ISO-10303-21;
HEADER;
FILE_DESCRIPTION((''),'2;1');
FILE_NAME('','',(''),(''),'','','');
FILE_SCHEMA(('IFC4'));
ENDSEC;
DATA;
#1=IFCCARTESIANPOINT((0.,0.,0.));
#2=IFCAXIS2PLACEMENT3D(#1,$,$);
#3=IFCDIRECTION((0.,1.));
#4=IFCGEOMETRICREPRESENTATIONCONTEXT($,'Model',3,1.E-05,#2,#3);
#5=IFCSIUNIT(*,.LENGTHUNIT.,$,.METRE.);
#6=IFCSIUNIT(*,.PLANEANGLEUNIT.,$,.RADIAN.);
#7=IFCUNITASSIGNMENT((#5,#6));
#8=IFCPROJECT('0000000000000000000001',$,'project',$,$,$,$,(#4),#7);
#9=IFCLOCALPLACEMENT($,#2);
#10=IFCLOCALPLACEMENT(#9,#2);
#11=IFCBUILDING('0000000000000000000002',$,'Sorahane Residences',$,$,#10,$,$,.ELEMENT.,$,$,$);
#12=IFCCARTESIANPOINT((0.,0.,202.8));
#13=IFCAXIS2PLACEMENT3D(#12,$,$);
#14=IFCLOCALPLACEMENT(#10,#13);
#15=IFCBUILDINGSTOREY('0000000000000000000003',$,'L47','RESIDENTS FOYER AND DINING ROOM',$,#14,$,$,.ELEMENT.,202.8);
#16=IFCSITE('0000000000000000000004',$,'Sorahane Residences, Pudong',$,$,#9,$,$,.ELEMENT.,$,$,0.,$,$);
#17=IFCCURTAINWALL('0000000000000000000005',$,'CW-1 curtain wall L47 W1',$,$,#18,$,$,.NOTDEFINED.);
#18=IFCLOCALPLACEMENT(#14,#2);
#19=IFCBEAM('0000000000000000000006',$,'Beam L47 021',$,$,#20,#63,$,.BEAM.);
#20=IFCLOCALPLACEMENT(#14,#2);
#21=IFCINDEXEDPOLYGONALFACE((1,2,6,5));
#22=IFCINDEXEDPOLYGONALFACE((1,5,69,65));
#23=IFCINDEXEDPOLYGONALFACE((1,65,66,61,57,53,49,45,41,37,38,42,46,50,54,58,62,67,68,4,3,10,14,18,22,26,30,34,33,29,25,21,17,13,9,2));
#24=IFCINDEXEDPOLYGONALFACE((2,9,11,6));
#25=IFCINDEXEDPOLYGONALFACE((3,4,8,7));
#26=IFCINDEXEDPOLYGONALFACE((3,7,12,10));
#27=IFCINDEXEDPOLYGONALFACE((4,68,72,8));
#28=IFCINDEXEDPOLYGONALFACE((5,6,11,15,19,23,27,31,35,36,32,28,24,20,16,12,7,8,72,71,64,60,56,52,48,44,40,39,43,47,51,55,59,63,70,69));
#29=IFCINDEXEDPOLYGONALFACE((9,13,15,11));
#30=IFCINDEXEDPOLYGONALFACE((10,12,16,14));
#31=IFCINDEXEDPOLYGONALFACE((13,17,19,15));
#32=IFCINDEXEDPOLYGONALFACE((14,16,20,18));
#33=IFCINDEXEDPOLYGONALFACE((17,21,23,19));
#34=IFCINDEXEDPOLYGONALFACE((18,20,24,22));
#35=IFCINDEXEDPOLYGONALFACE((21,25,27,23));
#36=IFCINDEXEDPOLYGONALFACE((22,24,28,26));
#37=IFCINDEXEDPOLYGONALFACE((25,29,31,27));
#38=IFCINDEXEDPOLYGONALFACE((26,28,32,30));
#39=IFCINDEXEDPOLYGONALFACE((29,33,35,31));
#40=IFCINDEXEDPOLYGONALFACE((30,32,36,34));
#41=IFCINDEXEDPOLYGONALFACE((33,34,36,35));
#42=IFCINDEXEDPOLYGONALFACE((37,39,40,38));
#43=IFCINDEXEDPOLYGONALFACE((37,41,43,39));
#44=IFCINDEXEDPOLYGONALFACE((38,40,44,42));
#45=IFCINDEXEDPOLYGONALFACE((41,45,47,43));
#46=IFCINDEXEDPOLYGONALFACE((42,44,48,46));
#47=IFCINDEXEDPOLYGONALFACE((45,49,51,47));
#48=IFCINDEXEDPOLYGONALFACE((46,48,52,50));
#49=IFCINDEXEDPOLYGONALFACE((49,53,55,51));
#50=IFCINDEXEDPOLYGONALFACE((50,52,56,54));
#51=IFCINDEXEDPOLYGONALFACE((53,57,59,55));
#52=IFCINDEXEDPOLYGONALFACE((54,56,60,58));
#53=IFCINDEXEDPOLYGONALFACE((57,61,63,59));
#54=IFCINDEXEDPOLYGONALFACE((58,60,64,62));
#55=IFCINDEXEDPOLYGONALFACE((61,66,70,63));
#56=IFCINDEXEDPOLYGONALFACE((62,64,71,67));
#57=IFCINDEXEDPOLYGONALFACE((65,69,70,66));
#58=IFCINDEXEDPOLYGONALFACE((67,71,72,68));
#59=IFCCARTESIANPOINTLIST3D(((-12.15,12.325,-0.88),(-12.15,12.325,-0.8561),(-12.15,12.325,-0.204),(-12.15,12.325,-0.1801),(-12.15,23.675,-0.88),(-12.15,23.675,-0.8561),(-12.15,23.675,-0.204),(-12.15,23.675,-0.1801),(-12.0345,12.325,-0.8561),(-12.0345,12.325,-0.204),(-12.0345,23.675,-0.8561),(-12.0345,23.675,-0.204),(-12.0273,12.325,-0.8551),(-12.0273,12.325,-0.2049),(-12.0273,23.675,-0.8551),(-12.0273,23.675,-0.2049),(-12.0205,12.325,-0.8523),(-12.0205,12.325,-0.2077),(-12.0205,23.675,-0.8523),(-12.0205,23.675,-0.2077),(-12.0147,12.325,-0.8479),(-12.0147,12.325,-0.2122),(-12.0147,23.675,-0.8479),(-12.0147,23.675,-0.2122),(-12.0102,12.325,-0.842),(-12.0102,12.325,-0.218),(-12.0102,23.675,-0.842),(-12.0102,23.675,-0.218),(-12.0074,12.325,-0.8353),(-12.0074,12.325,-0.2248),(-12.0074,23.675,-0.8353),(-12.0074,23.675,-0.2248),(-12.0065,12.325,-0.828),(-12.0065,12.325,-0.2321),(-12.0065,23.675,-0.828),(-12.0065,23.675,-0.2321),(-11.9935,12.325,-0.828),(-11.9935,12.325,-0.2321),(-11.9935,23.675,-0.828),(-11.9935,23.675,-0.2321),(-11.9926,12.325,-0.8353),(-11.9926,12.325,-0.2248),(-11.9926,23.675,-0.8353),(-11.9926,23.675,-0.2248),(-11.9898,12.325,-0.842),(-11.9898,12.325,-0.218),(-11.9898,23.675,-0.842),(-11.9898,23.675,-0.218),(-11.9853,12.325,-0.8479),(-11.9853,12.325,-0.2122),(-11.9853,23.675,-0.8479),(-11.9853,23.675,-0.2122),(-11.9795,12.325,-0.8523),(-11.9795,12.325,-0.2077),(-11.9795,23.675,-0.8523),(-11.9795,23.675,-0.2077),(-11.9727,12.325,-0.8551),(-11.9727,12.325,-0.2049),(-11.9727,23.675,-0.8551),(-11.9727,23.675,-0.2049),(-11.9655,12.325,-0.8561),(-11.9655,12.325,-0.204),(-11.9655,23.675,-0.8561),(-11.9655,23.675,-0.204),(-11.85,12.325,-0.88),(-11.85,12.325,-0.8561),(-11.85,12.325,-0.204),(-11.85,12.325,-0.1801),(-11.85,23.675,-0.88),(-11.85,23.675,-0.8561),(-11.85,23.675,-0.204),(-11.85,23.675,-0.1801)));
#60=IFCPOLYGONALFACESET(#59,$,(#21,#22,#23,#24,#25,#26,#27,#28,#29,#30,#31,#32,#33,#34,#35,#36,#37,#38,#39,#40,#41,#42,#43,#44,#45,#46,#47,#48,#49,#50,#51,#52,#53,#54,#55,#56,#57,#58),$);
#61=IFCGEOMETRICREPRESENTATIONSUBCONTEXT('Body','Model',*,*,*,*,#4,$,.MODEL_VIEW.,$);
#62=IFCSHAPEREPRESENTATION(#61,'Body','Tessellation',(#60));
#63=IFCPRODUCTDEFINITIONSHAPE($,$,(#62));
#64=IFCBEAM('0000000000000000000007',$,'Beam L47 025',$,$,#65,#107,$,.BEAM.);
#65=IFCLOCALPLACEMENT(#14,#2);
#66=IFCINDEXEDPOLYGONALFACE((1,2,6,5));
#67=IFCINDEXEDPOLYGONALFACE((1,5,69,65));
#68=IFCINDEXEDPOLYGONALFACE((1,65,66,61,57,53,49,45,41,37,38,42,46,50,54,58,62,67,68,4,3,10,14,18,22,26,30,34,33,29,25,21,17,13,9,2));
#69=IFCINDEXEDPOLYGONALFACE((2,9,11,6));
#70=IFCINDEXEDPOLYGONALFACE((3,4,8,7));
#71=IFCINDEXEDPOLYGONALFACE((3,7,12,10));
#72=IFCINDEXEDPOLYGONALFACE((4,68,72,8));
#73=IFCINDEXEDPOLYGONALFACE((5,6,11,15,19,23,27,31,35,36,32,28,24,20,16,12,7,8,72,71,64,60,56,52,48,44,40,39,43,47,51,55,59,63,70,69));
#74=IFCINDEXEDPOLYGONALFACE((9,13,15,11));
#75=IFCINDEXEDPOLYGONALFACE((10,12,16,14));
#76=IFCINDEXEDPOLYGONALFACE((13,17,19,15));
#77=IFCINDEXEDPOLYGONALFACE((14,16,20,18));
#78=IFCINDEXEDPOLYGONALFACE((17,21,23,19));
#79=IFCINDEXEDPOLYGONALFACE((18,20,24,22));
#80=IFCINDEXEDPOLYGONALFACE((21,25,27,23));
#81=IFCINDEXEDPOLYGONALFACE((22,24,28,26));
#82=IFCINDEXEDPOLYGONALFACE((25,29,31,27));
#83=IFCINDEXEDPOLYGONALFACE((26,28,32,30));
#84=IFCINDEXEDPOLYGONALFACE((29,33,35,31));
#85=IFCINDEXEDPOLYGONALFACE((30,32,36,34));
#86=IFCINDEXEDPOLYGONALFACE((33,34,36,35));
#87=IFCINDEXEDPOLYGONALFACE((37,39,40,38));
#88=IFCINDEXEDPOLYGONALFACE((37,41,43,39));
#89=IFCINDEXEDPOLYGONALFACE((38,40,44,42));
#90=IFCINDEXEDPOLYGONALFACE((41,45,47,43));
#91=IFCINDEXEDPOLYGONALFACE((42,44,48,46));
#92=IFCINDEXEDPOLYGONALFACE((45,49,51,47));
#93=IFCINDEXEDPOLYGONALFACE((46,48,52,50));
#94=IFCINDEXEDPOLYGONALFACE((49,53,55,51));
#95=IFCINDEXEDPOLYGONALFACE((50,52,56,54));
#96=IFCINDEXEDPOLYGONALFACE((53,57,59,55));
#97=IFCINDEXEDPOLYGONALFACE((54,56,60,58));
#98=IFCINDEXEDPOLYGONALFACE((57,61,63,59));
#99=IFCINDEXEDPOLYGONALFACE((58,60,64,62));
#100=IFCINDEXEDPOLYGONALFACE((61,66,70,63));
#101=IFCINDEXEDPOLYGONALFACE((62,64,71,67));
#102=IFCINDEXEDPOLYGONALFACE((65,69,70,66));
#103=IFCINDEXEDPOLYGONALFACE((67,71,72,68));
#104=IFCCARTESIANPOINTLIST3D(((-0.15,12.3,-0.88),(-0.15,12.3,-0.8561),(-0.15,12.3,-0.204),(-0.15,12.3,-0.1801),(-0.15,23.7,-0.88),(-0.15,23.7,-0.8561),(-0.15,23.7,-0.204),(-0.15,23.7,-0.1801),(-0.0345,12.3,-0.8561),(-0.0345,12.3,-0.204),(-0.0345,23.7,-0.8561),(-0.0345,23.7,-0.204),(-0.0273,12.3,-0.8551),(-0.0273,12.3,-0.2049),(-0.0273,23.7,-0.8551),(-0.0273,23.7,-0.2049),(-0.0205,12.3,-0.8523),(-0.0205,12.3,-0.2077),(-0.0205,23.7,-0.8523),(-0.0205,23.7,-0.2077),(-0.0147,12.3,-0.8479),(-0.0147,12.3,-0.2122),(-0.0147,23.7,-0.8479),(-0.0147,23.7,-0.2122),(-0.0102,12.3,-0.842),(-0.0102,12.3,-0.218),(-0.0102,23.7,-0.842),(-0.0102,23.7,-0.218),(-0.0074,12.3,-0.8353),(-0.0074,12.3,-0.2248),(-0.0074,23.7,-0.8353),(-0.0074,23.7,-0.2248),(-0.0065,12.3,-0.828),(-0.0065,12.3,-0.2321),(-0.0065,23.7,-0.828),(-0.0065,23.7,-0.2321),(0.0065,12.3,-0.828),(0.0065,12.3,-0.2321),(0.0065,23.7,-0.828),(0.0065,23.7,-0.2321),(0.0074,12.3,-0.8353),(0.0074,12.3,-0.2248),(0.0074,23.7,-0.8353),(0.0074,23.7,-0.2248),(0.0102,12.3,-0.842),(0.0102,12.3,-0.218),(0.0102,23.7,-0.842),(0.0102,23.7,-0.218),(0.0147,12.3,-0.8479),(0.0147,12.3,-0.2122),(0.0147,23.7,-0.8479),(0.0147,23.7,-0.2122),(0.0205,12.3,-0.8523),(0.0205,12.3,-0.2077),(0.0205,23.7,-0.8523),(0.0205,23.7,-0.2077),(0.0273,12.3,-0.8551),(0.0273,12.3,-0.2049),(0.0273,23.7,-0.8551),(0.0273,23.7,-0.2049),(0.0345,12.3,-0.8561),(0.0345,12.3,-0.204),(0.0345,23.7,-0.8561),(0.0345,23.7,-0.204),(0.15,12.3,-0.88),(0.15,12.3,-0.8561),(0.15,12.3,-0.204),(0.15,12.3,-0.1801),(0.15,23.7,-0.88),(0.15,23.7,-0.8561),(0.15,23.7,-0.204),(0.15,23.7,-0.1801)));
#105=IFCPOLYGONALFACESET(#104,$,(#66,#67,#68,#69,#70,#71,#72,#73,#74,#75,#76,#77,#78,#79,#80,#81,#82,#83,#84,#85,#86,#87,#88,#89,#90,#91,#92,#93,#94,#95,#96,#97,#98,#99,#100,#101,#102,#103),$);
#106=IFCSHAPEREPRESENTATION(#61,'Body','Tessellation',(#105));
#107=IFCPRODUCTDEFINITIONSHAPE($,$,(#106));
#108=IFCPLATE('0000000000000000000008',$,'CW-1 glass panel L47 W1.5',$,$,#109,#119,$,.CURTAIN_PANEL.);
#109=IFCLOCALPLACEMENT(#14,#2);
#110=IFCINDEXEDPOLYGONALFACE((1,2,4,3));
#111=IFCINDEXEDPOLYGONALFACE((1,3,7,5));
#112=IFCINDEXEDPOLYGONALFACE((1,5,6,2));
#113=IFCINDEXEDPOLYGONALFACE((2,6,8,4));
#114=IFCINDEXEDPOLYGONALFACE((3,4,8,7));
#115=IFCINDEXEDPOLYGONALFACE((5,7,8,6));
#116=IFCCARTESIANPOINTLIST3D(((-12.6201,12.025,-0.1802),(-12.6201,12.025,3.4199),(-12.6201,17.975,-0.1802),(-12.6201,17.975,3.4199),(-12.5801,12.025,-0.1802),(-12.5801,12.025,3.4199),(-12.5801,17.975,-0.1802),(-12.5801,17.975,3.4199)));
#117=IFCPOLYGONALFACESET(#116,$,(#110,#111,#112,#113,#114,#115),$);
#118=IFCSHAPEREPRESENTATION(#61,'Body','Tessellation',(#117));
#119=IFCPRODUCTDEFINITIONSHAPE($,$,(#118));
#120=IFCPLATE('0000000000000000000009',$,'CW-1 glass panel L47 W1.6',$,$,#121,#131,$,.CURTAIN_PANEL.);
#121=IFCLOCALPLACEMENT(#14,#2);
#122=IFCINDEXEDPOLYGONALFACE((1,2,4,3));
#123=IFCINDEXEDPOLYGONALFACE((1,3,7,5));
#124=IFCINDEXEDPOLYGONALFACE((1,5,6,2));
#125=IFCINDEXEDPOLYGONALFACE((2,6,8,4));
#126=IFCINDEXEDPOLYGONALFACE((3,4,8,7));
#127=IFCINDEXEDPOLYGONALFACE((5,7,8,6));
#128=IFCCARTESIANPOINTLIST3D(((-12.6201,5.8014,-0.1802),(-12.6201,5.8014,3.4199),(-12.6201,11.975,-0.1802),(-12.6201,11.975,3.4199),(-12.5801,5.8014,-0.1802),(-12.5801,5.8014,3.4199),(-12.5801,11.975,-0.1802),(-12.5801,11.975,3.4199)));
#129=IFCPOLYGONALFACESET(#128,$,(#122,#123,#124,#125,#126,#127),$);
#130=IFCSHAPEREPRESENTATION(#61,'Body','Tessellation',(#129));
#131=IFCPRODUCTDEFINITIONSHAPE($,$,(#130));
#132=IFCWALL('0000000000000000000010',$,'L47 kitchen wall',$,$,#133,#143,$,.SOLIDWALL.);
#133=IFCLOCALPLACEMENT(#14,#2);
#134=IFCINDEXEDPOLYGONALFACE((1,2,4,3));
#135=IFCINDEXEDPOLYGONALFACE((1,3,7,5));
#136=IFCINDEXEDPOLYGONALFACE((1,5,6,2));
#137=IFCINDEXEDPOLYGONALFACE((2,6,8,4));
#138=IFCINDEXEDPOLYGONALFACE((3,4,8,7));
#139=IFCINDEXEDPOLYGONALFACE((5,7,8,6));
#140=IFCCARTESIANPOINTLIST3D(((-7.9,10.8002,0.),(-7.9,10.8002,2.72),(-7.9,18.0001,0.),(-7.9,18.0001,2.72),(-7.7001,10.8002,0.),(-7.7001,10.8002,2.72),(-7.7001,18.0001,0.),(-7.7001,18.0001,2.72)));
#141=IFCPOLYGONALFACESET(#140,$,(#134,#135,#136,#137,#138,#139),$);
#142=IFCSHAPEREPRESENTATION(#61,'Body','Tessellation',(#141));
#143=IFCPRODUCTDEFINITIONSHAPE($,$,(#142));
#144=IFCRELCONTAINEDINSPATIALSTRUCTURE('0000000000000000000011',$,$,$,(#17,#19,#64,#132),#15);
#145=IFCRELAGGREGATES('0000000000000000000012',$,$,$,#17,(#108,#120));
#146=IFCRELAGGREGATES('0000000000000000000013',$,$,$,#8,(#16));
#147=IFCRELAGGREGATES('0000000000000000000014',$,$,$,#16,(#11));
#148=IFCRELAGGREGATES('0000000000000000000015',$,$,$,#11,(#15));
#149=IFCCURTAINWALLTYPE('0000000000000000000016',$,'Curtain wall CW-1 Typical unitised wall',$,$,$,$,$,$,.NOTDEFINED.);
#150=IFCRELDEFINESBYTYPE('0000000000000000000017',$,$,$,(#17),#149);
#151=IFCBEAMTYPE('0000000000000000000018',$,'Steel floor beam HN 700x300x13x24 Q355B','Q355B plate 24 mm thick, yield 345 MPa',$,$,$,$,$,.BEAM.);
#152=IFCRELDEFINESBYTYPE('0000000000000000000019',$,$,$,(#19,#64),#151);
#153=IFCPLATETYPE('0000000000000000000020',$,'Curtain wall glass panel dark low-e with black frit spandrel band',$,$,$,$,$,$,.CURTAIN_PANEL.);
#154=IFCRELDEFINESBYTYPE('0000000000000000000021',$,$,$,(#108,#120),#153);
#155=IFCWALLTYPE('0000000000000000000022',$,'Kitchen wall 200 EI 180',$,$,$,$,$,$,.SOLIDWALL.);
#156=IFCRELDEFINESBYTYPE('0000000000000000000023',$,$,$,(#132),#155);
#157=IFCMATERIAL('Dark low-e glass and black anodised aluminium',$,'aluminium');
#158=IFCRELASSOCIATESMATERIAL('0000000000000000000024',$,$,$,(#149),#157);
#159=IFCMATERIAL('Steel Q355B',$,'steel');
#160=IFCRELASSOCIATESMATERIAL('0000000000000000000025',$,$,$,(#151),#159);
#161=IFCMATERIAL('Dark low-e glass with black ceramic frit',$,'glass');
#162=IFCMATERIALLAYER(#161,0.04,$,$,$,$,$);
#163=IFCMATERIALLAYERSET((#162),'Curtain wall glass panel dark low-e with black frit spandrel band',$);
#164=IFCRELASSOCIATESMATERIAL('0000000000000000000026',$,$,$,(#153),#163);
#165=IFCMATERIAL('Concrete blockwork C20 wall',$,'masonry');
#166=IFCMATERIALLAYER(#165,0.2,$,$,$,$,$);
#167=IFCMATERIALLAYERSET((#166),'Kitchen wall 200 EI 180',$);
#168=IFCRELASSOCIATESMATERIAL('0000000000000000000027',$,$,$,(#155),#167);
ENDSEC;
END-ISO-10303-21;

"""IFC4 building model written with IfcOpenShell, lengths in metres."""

from ifc_helpers import new_model, si_unit, direction, frame, frame_2d, origin, origin_2d, place, context, subcontext, project, spatial, rectangle, i_section, extrude, material, layer, layer_set, material_profile, profile_set, type_object, element, aggregate, save


model = new_model("IFC4")

# Units and contexts
model_context = context("Model", 3, precision=1e-05, world=origin(), true_north=direction((0.0, 1.0)))
body_context = subcontext(model_context, "Body", "Model", "MODEL_VIEW")
ifc_project = project(units=[si_unit("LENGTHUNIT", "METRE"), si_unit("PLANEANGLEUNIT", "RADIAN")], contexts=[model_context])

# Site, building, storey
site_placement = place(None, origin())
site = spatial("IfcSite", under=ifc_project, at=site_placement, Name="Sorahane Residences, Pudong", CompositionType="ELEMENT", RefElevation=0.0)
building_placement = place(site_placement, origin())
building = spatial("IfcBuilding", under=site, at=building_placement, Name="Sorahane Residences", CompositionType="ELEMENT")
storey_placement = place(building_placement, frame((0.0, 0.0, 202.8)))
storey = spatial("IfcBuildingStorey", under=building, at=storey_placement, Name="L47", Description="RESIDENTS FOYER AND DINING ROOM", CompositionType="ELEMENT", Elevation=202.8)

# Curtain wall
ifc_material_1 = material(Name="Dark low-e glass and black anodised aluminium", Category="aluminium")
curtain_wall_type = type_object("IfcCurtainWallType", Name="Curtain wall CW-1 Typical unitised wall", PredefinedType="NOTDEFINED", material=ifc_material_1)
curtain_wall_placement = place(storey_placement, origin())
curtain_wall = element("IfcCurtainWall", 1, at=curtain_wall_placement, inside=storey, type_object=curtain_wall_type, Name="CW-1 curtain wall L47 W1", PredefinedType="NOTDEFINED")

# Beams
ifc_material_2 = material(Name="Steel Q355B", Category="steel")
ifc_material_profile_1 = material_profile(ifc_material_2, i_section(OverallWidth=0.3, OverallDepth=0.7, WebThickness=0.0129, FlangeThickness=0.0239, FilletRadius=0.0281, at=origin_2d()), Name="HN 700x300x13x24")
ifc_profile_set_1 = profile_set([ifc_material_profile_1], Name="Steel Q355B")
beam_type_1 = type_object("IfcBeamType", Name="Steel floor beam HN 700x300x13x24 Q355B", Description="Q355B plate 24 mm thick, yield 345 MPa", PredefinedType="BEAM", material=ifc_profile_set_1)
beam_1_placement = place(storey_placement, frame((-12.0, 12.325, -0.53), z_axis=(0.0, 1.0, 0.0), x_axis=(-1.0, 0.0, 0.0)))
element("IfcBeam", 2, at=beam_1_placement, inside=storey, type_object=beam_type_1, Name="Beam L47 021", PredefinedType="BEAM", context=body_context, shape_type="SweptSolid", body=[
    extrude(i_section(OverallWidth=0.3, OverallDepth=0.7, WebThickness=0.0129, FlangeThickness=0.0239, FilletRadius=0.0281, at=origin_2d()), origin(), (0.0, 0.0, 1.0), 11.3501),
])
beam_2_placement = place(storey_placement, frame((0.0, 12.3, -0.53), z_axis=(0.0, 1.0, 0.0), x_axis=(-1.0, 0.0, 0.0)))
element("IfcBeam", 3, at=beam_2_placement, inside=storey, type_object=beam_type_1, Name="Beam L47 025", PredefinedType="BEAM", context=body_context, shape_type="SweptSolid", body=[
    extrude(i_section(OverallWidth=0.3, OverallDepth=0.7, WebThickness=0.0129, FlangeThickness=0.0239, FilletRadius=0.0281, at=origin_2d()), origin(), (0.0, 0.0, 1.0), 11.3999),
])

# Plates
ifc_material_3 = material(Name="Dark low-e glass with black ceramic frit", Category="glass")
ifc_layer_1 = layer(ifc_material_3, 0.04)
ifc_layer_set_1 = layer_set([ifc_layer_1], Name="Curtain wall glass panel dark low-e with black frit spandrel band")
plate_type = type_object("IfcPlateType", Name="Curtain wall glass panel dark low-e with black frit spandrel band", PredefinedType="CURTAIN_PANEL", material=ifc_layer_set_1)
plate_1_placement = place(storey_placement, frame((-12.6001, 15.0, -0.1802), z_axis=(0.0, 0.0, 1.0), x_axis=(0.0, -1.0, 0.0)))
plate_1 = element("IfcPlate", 4, at=plate_1_placement, type_object=plate_type, Name="CW-1 glass panel L47 W1.5", PredefinedType="CURTAIN_PANEL", context=body_context, shape_type="SweptSolid", body=[
    extrude(rectangle(XDim=5.95, YDim=0.04, at=origin_2d()), origin(), (0.0, 0.0, 1.0), 3.6001),
])
plate_2_placement = place(storey_placement, frame((-12.6001, 8.8882, -0.1802), z_axis=(0.0, 0.0, 1.0), x_axis=(0.0, -1.0, 0.0)))
plate_2 = element("IfcPlate", 5, at=plate_2_placement, type_object=plate_type, Name="CW-1 glass panel L47 W1.6", PredefinedType="CURTAIN_PANEL", context=body_context, shape_type="SweptSolid", body=[
    extrude(rectangle(XDim=6.1736, YDim=0.04, at=origin_2d()), origin(), (0.0, 0.0, 1.0), 3.6001),
])
aggregate(curtain_wall, [plate_1, plate_2])

# Wall
ifc_material_4 = material(Name="Concrete blockwork C20 wall", Category="masonry")
ifc_layer_2 = layer(ifc_material_4, 0.2)
ifc_layer_set_2 = layer_set([ifc_layer_2], Name="Kitchen wall 200 EI 180")
wall_type_1 = type_object("IfcWallType", Name="Kitchen wall 200 EI 180", PredefinedType="SOLIDWALL", material=ifc_layer_set_2)
wall_1_placement = place(storey_placement, frame((-7.8, 10.8, 0.0), z_axis=(0.0, 0.0, 1.0), x_axis=(0.0, 1.0, 0.0)))
element("IfcWall", 6, at=wall_1_placement, inside=storey, type_object=wall_type_1, Name="L47 kitchen wall", PredefinedType="SOLIDWALL", context=body_context, shape_type="SweptSolid", body=[
    extrude(rectangle(XDim=7.2, YDim=0.2, at=frame_2d((3.6001, 0.0))), origin(), (0.0, 0.0, 1.0), 2.72),
])

save(model, "model.ifc")
